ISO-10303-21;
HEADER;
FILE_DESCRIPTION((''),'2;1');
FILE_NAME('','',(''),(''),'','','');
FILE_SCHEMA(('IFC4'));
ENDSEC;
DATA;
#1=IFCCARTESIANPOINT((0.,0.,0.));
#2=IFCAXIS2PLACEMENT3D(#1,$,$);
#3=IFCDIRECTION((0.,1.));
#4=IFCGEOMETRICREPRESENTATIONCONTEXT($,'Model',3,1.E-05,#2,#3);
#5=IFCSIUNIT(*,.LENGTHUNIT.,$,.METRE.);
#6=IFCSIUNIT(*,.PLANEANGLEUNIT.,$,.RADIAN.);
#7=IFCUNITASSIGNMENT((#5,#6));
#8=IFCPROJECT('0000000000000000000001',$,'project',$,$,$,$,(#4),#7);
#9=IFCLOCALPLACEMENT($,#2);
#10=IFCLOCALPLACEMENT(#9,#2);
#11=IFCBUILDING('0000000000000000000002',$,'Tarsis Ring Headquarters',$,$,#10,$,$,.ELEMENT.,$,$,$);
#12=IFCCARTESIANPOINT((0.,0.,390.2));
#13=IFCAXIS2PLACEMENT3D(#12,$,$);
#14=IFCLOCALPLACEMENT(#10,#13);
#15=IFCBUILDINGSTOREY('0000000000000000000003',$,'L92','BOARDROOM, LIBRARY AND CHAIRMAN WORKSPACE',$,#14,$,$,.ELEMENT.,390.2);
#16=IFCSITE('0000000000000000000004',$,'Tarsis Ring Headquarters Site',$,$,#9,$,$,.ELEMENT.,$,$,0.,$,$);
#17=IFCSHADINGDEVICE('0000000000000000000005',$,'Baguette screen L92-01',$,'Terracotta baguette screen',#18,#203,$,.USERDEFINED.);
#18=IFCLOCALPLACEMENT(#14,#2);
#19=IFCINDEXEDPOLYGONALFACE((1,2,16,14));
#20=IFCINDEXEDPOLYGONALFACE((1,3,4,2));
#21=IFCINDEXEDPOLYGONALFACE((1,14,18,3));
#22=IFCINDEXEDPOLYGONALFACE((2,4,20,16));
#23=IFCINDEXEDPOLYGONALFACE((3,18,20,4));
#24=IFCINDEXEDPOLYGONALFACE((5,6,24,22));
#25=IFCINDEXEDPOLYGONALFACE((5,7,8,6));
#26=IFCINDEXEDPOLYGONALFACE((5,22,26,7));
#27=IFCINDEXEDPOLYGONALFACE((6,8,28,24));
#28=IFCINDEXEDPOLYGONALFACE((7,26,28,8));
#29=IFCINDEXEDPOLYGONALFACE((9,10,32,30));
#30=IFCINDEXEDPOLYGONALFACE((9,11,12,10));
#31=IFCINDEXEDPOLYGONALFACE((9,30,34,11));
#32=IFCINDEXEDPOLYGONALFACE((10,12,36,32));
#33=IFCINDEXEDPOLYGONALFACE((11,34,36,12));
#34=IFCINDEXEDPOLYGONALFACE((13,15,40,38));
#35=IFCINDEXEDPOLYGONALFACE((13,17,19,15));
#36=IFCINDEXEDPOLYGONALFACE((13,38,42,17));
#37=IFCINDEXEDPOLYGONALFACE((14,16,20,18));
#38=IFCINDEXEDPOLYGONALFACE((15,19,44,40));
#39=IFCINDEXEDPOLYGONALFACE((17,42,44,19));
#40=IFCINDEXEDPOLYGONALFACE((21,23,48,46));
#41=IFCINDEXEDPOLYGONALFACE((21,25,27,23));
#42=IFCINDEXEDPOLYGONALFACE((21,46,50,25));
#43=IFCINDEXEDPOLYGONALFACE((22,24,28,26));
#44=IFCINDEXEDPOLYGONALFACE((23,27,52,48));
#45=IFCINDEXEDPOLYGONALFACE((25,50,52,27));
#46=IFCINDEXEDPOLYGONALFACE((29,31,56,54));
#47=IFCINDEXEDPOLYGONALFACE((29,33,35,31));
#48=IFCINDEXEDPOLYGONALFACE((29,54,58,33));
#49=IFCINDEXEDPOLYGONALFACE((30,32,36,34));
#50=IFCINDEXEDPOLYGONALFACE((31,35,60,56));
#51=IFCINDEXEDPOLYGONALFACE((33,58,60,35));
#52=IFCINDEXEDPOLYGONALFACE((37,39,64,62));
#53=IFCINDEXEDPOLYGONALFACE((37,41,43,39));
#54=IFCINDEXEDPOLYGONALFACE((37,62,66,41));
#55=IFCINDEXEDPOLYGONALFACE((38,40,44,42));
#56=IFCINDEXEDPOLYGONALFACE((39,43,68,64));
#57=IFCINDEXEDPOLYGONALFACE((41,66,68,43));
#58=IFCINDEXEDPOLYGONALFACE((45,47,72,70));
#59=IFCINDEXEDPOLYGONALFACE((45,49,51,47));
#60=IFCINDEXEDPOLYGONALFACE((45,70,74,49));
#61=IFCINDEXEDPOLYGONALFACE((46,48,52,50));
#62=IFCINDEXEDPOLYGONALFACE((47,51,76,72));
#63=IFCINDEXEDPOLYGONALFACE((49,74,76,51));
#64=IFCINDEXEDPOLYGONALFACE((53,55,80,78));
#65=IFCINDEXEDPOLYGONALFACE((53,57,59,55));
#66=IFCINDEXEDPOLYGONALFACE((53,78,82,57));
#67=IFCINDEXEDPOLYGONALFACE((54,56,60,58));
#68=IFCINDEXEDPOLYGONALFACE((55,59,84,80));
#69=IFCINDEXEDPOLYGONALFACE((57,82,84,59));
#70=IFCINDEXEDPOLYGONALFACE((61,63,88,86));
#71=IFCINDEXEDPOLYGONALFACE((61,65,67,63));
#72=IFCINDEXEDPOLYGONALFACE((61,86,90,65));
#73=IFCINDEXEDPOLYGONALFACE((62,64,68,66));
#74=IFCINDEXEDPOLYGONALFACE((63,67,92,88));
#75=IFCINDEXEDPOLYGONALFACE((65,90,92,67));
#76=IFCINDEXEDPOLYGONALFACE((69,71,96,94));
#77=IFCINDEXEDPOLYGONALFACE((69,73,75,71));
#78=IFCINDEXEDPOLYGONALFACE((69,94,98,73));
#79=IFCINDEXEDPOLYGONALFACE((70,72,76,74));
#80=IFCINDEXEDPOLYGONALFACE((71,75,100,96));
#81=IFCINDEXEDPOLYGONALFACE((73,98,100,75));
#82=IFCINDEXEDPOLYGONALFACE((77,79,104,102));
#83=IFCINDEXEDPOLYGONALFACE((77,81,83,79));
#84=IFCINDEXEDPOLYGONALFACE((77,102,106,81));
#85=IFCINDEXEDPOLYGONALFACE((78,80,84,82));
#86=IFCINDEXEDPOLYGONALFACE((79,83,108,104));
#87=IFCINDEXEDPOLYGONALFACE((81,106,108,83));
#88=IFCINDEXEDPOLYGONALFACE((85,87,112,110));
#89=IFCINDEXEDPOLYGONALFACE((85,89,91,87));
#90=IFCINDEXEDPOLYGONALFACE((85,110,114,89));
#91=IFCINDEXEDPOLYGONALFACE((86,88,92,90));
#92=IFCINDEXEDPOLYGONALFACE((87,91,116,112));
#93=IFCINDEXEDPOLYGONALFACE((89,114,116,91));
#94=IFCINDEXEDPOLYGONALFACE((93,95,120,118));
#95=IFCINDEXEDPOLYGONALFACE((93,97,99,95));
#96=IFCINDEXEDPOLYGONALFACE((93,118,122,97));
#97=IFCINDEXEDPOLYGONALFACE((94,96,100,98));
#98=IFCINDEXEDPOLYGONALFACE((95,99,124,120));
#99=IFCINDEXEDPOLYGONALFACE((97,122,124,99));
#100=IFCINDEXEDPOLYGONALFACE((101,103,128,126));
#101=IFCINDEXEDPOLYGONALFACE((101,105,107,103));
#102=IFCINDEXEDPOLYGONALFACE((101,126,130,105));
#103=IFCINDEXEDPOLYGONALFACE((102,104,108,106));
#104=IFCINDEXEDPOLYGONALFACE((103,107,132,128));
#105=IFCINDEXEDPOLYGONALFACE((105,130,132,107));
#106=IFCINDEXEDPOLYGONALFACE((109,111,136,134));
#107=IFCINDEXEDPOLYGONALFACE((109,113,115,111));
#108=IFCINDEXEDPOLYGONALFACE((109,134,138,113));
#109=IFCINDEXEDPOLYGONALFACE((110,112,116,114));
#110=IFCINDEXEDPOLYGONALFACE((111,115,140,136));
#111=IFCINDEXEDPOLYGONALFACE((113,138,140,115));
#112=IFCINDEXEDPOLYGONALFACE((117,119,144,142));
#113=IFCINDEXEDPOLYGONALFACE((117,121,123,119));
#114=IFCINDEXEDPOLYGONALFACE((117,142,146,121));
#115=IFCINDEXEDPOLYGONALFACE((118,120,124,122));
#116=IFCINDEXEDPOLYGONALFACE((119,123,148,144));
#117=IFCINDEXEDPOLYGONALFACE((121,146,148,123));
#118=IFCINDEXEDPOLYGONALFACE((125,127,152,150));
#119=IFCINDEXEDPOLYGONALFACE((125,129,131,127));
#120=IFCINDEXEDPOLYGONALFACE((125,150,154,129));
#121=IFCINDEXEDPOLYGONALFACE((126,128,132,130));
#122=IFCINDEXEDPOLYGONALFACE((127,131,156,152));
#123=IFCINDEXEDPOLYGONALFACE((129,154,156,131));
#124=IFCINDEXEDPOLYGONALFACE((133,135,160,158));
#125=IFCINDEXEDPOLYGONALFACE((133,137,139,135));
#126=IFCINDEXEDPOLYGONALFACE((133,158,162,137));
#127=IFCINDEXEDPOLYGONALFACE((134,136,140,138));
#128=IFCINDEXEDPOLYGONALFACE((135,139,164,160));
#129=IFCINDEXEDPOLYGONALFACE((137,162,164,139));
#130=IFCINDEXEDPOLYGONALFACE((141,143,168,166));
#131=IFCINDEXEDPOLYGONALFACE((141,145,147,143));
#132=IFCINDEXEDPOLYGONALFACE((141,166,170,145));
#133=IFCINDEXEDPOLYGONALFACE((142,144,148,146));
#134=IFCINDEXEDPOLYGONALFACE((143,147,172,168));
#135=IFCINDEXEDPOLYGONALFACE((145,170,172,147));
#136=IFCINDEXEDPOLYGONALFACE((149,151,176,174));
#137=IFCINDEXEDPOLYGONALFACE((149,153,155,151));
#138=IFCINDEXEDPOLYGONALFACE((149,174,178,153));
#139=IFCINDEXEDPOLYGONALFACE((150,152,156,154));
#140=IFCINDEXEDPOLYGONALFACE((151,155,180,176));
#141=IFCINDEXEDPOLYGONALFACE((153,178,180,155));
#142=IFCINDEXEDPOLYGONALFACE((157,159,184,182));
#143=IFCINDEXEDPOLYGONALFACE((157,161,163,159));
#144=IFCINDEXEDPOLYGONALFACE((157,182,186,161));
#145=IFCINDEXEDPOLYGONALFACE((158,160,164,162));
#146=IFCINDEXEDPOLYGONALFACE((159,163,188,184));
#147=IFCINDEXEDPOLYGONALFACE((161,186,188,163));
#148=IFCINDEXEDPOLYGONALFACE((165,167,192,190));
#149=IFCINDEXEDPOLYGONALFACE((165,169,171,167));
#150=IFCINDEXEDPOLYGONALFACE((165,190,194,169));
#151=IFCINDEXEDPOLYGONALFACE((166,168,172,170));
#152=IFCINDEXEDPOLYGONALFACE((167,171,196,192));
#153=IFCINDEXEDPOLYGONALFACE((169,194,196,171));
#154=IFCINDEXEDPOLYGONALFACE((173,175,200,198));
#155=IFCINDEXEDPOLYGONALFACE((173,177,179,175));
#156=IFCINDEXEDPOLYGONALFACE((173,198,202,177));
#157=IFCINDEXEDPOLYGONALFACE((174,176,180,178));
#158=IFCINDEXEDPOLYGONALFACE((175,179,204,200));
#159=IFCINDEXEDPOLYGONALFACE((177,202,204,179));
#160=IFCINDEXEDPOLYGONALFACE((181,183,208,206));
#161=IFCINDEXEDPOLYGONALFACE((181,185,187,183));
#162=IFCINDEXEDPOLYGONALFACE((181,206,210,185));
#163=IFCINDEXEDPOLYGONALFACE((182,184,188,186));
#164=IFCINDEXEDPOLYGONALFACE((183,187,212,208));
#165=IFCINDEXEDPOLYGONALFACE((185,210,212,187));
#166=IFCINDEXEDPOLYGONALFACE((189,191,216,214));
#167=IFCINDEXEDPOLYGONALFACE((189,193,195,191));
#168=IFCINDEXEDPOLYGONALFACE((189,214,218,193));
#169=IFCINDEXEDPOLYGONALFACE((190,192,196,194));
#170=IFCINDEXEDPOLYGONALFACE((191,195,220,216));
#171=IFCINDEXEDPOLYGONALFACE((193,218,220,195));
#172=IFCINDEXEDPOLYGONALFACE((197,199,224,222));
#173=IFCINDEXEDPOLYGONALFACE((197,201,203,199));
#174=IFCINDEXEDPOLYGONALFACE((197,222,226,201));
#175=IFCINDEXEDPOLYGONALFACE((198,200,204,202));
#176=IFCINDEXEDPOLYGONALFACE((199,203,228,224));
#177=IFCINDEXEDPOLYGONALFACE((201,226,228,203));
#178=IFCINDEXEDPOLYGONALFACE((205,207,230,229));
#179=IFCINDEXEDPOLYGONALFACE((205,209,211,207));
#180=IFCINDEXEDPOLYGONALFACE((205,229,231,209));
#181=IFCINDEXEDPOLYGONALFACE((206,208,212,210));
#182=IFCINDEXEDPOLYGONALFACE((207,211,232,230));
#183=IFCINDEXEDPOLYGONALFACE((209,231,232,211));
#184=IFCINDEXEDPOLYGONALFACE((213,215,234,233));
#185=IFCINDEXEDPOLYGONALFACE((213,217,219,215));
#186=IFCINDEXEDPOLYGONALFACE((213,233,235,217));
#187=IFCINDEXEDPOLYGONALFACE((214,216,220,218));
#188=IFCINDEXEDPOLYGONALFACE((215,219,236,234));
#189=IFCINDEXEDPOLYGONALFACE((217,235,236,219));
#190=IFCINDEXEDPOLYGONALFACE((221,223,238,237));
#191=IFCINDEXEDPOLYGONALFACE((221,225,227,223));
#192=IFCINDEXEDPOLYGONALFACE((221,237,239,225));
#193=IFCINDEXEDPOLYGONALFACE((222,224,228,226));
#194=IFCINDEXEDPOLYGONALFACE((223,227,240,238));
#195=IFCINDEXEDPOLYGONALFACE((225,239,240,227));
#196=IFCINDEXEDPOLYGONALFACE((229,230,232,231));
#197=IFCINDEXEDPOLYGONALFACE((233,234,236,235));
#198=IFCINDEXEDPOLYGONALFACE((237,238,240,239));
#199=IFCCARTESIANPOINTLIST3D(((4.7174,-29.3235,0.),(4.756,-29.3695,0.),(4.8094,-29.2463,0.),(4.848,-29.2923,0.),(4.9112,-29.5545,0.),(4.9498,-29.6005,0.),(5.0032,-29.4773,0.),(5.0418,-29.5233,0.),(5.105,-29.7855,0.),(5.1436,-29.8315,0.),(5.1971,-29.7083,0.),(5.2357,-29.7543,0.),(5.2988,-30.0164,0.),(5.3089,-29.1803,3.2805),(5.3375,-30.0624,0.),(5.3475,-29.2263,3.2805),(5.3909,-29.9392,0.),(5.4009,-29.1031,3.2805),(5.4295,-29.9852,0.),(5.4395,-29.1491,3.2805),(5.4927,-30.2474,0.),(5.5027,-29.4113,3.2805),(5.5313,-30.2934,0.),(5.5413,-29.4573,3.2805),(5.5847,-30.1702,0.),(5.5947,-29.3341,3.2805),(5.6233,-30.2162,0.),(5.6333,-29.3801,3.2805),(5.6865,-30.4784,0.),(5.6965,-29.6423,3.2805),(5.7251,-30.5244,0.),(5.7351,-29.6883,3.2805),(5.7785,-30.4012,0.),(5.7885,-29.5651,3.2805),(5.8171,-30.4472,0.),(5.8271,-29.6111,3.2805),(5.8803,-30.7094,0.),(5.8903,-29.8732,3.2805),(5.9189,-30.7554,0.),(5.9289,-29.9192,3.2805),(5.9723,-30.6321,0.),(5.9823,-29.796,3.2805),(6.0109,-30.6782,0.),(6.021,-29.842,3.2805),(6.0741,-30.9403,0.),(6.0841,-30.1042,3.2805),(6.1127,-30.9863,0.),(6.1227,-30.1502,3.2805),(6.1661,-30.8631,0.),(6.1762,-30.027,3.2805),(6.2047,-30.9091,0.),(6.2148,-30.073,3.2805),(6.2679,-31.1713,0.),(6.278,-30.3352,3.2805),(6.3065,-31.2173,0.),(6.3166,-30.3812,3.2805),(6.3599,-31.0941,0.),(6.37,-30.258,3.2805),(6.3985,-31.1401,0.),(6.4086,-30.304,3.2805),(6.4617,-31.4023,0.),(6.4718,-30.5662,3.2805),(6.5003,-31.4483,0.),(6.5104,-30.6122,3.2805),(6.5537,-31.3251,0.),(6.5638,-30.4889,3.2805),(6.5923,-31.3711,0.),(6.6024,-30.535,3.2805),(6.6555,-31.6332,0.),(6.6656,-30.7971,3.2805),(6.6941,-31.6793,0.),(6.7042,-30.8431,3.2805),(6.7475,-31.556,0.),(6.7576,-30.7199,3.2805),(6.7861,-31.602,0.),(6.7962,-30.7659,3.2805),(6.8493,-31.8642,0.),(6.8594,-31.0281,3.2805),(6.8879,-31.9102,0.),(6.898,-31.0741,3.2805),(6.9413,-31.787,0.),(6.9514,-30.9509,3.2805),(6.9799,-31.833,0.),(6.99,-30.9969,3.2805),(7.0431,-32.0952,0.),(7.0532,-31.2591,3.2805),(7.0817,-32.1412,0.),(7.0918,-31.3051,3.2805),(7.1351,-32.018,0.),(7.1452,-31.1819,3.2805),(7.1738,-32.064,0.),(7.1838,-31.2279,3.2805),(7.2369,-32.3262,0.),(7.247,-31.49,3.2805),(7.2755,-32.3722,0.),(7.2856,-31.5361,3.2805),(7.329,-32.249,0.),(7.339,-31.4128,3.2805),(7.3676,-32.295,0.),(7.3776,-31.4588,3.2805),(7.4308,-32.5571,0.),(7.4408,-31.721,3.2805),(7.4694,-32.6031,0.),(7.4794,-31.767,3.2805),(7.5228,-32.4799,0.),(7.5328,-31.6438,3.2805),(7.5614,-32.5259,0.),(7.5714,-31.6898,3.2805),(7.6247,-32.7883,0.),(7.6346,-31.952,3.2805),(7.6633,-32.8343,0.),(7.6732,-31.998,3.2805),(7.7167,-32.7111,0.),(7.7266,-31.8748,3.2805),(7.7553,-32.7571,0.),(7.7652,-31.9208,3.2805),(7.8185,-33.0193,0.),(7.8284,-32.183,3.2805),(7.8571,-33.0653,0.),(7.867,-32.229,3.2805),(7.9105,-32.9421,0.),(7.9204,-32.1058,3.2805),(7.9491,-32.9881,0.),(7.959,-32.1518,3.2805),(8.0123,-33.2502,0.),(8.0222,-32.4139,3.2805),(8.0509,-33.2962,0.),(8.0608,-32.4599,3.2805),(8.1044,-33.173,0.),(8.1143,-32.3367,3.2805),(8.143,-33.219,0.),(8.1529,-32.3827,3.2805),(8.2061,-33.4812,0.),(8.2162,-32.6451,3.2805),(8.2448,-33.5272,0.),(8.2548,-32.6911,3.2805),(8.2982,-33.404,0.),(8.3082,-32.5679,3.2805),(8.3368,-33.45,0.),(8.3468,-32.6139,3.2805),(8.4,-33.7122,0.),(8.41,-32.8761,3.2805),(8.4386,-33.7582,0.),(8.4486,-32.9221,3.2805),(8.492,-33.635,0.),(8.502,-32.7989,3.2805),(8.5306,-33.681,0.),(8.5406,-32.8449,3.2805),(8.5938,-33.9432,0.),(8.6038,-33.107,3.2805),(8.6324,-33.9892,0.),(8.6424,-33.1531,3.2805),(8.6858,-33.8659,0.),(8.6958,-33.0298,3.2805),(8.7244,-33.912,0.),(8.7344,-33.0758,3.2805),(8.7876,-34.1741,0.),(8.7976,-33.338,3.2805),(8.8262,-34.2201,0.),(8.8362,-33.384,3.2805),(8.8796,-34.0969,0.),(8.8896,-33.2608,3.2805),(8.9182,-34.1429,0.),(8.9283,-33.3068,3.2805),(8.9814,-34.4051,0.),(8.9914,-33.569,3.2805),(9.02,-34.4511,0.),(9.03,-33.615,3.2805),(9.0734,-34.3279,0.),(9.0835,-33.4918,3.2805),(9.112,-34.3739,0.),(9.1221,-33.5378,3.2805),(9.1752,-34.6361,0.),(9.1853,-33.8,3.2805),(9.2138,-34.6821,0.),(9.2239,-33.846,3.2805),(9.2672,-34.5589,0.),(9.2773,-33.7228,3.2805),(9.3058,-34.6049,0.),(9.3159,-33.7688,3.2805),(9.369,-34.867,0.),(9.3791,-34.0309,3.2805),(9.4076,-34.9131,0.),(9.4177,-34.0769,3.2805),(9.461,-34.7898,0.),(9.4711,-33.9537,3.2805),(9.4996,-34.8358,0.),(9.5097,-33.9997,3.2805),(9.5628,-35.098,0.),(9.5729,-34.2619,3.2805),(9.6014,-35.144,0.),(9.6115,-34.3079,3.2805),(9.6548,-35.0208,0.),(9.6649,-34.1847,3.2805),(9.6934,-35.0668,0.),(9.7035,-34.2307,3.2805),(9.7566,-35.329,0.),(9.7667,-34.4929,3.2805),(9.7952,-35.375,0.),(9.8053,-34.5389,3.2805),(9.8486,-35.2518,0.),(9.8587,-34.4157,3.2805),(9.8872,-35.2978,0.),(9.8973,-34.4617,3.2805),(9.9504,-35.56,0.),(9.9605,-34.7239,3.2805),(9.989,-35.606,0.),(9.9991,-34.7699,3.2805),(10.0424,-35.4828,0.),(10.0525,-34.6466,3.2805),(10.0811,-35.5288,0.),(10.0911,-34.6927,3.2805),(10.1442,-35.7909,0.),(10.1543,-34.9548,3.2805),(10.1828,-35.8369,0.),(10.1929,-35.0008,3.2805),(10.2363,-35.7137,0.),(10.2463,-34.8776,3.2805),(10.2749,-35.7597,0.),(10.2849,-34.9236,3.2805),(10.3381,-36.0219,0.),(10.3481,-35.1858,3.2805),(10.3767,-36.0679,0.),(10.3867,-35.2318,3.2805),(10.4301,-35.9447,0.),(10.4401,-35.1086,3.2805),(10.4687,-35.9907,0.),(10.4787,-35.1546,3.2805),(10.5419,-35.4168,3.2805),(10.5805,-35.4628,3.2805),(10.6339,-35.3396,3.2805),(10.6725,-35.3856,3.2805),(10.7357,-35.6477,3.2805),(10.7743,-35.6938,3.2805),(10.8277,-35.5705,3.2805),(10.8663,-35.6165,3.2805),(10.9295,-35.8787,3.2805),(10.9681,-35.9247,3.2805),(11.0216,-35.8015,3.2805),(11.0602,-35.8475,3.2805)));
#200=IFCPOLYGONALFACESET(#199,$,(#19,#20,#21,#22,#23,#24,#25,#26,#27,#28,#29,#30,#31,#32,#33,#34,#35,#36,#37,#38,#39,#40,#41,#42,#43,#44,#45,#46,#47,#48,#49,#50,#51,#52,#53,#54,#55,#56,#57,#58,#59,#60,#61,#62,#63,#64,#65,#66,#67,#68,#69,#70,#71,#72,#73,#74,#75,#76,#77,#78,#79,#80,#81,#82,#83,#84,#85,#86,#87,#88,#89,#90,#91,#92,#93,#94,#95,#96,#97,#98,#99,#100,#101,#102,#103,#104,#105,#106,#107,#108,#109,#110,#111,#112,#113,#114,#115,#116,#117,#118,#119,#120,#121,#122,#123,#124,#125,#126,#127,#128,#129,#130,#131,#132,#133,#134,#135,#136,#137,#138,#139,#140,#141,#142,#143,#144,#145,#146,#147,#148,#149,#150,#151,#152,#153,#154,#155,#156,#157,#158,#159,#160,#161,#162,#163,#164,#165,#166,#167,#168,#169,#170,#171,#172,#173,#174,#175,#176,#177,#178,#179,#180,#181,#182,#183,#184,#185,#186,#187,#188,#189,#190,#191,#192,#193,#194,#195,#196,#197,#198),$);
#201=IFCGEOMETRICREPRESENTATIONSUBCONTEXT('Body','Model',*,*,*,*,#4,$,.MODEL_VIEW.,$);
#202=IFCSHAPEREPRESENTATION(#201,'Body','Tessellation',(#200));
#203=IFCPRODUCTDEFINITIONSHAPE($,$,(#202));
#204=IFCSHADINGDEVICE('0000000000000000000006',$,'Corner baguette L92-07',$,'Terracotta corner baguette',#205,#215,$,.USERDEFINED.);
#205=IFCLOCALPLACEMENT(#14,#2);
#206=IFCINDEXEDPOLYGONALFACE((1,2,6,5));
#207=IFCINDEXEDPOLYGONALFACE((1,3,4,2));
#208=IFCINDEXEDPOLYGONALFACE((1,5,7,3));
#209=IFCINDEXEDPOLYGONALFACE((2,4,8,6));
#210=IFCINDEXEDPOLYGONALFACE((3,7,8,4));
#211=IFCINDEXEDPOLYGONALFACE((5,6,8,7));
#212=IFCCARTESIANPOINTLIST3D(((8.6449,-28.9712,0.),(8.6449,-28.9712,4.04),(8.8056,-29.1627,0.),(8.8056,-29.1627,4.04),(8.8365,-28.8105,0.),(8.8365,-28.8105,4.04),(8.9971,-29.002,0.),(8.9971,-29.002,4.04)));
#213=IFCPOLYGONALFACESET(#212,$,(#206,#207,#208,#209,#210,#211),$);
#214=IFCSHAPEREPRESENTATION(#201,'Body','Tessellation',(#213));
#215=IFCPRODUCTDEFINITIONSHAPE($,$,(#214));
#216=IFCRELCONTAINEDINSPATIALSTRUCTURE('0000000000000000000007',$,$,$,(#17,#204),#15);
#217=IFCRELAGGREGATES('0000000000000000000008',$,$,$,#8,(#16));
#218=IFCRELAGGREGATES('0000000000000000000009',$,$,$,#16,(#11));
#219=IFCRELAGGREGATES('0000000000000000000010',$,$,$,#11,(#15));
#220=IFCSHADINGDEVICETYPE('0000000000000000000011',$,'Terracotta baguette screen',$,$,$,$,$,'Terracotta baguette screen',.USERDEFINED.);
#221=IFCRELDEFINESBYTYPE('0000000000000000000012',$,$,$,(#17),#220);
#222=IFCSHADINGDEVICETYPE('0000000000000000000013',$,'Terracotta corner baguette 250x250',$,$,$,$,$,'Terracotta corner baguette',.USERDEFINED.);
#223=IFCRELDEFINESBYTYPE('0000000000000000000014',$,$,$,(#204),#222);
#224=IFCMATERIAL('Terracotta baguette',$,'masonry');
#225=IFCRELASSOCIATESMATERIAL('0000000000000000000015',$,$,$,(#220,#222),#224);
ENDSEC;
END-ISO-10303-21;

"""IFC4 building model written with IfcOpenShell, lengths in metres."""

from ifc_helpers import new_model, si_unit, direction, frame, frame_2d, origin, origin_2d, place, context, subcontext, project, spatial, rectangle, composite_profile, extrude, material, type_object, element, save


model = new_model("IFC4")

# Units and contexts
model_context = context("Model", 3, precision=1e-05, world=origin(), true_north=direction((0.0, 1.0)))
body_context = subcontext(model_context, "Body", "Model", "MODEL_VIEW")
ifc_project = project(units=[si_unit("LENGTHUNIT", "METRE"), si_unit("PLANEANGLEUNIT", "RADIAN")], contexts=[model_context])

# Site, building, storey
site_placement = place(None, origin())
site = spatial("IfcSite", under=ifc_project, at=site_placement, Name="Tarsis Ring Headquarters Site", CompositionType="ELEMENT", RefElevation=0.0)
building_placement = place(site_placement, origin())
building = spatial("IfcBuilding", under=site, at=building_placement, Name="Tarsis Ring Headquarters", CompositionType="ELEMENT")
storey_placement = place(building_placement, frame((0.0, 0.0, 390.2)))
storey = spatial("IfcBuildingStorey", under=building, at=storey_placement, Name="L92", Description="BOARDROOM, LIBRARY AND CHAIRMAN WORKSPACE", CompositionType="ELEMENT", Elevation=390.2)

# Shading devices
ifc_material_1 = material(Name="Terracotta baguette", Category="masonry")
shading_device_type_1 = type_object("IfcShadingDeviceType", Name="Terracotta baguette screen", ElementType="Terracotta baguette screen", PredefinedType="USERDEFINED", material=ifc_material_1)
shading_device_1_placement = place(storey_placement, frame((4.7634, -29.2849, 0.0), z_axis=(0.0, 0.0, 1.0), x_axis=(0.642792, -0.766048, 0.0)))
element("IfcShadingDevice", 1, at=shading_device_1_placement, inside=storey, type_object=shading_device_type_1, Name="Baguette screen L92-01", ObjectType="Terracotta baguette screen", PredefinedType="USERDEFINED", context=body_context, shape_type="SweptSolid", body=[
    extrude(composite_profile([rectangle(XDim=0.0601, YDim=0.1201, at=frame_2d((0.03, 0.0))), rectangle(XDim=0.0601, YDim=0.1201, at=frame_2d((0.3315, 0.0))), rectangle(XDim=0.0601, YDim=0.1201, at=frame_2d((0.6331, 0.0))), rectangle(XDim=0.0601, YDim=0.1201, at=frame_2d((0.9346, 0.0))), rectangle(XDim=0.0601, YDim=0.1201, at=frame_2d((1.2361, 0.0))), rectangle(XDim=0.0601, YDim=0.1201, at=frame_2d((1.5376, 0.0))), rectangle(XDim=0.0601, YDim=0.1201, at=frame_2d((1.8391, 0.0))), rectangle(XDim=0.0601, YDim=0.1201, at=frame_2d((2.1406, 0.0))), rectangle(XDim=0.0601, YDim=0.1201, at=frame_2d((2.4421, 0.0))), rectangle(XDim=0.0601, YDim=0.1201, at=frame_2d((2.7437, 0.0))), rectangle(XDim=0.0601, YDim=0.1201, at=frame_2d((3.0452, 0.0))), rectangle(XDim=0.0601, YDim=0.1201, at=frame_2d((3.3467, 0.0))), rectangle(XDim=0.0601, YDim=0.1201, at=frame_2d((3.6482, 0.0))), rectangle(XDim=0.0601, YDim=0.1201, at=frame_2d((3.9497, 0.0))), rectangle(XDim=0.0601, YDim=0.1201, at=frame_2d((4.2512, 0.0))), rectangle(XDim=0.0601, YDim=0.1201, at=frame_2d((4.553, 0.0))), rectangle(XDim=0.0601, YDim=0.1201, at=frame_2d((4.8545, 0.0))), rectangle(XDim=0.0601, YDim=0.1201, at=frame_2d((5.156, 0.0))), rectangle(XDim=0.0601, YDim=0.1201, at=frame_2d((5.4575, 0.0))), rectangle(XDim=0.0601, YDim=0.1201, at=frame_2d((5.759, 0.0))), rectangle(XDim=0.0601, YDim=0.1201, at=frame_2d((6.0605, 0.0))), rectangle(XDim=0.0601, YDim=0.1201, at=frame_2d((6.3621, 0.0))), rectangle(XDim=0.0601, YDim=0.1201, at=frame_2d((6.6636, 0.0))), rectangle(XDim=0.0601, YDim=0.1201, at=frame_2d((6.9651, 0.0))), rectangle(XDim=0.0601, YDim=0.1201, at=frame_2d((7.2666, 0.0))), rectangle(XDim=0.0601, YDim=0.1201, at=frame_2d((7.5681, 0.0))), rectangle(XDim=0.0601, YDim=0.1201, at=frame_2d((7.8696, 0.0))), rectangle(XDim=0.0601, YDim=0.1201, at=frame_2d((8.1711, 0.0))), rectangle(XDim=0.0601, YDim=0.1201, at=frame_2d((8.4727, 0.0))), rectangle(XDim=0.0601, YDim=0.1201, at=frame_2d((8.7742, 0.0)))]), origin(), (0.081076, 0.163393, 0.983224), 3.3364),
])
shading_device_type_2 = type_object("IfcShadingDeviceType", Name="Terracotta corner baguette 250x250", ElementType="Terracotta corner baguette", PredefinedType="USERDEFINED", material=ifc_material_1)
for number, where, z_axis, x_axis, name in (
    (2, (8.821, -28.9866, 0.0), (0.0, 0.0, 1.0), (0.642788, -0.766044, 0.0), "Corner baguette L92-07"),
):
    element("IfcShadingDevice", number, at=place(storey_placement, frame(where, z_axis=z_axis, x_axis=x_axis)), inside=storey, type_object=shading_device_type_2, Name=name, ObjectType="Terracotta corner baguette", PredefinedType="USERDEFINED", context=body_context, shape_type="SweptSolid", body=[
        extrude(rectangle(XDim=0.25, YDim=0.25, at=origin_2d()), origin(), (0.0, 0.0, 1.0), 4.04),
    ])

save(model, "model.ifc")
